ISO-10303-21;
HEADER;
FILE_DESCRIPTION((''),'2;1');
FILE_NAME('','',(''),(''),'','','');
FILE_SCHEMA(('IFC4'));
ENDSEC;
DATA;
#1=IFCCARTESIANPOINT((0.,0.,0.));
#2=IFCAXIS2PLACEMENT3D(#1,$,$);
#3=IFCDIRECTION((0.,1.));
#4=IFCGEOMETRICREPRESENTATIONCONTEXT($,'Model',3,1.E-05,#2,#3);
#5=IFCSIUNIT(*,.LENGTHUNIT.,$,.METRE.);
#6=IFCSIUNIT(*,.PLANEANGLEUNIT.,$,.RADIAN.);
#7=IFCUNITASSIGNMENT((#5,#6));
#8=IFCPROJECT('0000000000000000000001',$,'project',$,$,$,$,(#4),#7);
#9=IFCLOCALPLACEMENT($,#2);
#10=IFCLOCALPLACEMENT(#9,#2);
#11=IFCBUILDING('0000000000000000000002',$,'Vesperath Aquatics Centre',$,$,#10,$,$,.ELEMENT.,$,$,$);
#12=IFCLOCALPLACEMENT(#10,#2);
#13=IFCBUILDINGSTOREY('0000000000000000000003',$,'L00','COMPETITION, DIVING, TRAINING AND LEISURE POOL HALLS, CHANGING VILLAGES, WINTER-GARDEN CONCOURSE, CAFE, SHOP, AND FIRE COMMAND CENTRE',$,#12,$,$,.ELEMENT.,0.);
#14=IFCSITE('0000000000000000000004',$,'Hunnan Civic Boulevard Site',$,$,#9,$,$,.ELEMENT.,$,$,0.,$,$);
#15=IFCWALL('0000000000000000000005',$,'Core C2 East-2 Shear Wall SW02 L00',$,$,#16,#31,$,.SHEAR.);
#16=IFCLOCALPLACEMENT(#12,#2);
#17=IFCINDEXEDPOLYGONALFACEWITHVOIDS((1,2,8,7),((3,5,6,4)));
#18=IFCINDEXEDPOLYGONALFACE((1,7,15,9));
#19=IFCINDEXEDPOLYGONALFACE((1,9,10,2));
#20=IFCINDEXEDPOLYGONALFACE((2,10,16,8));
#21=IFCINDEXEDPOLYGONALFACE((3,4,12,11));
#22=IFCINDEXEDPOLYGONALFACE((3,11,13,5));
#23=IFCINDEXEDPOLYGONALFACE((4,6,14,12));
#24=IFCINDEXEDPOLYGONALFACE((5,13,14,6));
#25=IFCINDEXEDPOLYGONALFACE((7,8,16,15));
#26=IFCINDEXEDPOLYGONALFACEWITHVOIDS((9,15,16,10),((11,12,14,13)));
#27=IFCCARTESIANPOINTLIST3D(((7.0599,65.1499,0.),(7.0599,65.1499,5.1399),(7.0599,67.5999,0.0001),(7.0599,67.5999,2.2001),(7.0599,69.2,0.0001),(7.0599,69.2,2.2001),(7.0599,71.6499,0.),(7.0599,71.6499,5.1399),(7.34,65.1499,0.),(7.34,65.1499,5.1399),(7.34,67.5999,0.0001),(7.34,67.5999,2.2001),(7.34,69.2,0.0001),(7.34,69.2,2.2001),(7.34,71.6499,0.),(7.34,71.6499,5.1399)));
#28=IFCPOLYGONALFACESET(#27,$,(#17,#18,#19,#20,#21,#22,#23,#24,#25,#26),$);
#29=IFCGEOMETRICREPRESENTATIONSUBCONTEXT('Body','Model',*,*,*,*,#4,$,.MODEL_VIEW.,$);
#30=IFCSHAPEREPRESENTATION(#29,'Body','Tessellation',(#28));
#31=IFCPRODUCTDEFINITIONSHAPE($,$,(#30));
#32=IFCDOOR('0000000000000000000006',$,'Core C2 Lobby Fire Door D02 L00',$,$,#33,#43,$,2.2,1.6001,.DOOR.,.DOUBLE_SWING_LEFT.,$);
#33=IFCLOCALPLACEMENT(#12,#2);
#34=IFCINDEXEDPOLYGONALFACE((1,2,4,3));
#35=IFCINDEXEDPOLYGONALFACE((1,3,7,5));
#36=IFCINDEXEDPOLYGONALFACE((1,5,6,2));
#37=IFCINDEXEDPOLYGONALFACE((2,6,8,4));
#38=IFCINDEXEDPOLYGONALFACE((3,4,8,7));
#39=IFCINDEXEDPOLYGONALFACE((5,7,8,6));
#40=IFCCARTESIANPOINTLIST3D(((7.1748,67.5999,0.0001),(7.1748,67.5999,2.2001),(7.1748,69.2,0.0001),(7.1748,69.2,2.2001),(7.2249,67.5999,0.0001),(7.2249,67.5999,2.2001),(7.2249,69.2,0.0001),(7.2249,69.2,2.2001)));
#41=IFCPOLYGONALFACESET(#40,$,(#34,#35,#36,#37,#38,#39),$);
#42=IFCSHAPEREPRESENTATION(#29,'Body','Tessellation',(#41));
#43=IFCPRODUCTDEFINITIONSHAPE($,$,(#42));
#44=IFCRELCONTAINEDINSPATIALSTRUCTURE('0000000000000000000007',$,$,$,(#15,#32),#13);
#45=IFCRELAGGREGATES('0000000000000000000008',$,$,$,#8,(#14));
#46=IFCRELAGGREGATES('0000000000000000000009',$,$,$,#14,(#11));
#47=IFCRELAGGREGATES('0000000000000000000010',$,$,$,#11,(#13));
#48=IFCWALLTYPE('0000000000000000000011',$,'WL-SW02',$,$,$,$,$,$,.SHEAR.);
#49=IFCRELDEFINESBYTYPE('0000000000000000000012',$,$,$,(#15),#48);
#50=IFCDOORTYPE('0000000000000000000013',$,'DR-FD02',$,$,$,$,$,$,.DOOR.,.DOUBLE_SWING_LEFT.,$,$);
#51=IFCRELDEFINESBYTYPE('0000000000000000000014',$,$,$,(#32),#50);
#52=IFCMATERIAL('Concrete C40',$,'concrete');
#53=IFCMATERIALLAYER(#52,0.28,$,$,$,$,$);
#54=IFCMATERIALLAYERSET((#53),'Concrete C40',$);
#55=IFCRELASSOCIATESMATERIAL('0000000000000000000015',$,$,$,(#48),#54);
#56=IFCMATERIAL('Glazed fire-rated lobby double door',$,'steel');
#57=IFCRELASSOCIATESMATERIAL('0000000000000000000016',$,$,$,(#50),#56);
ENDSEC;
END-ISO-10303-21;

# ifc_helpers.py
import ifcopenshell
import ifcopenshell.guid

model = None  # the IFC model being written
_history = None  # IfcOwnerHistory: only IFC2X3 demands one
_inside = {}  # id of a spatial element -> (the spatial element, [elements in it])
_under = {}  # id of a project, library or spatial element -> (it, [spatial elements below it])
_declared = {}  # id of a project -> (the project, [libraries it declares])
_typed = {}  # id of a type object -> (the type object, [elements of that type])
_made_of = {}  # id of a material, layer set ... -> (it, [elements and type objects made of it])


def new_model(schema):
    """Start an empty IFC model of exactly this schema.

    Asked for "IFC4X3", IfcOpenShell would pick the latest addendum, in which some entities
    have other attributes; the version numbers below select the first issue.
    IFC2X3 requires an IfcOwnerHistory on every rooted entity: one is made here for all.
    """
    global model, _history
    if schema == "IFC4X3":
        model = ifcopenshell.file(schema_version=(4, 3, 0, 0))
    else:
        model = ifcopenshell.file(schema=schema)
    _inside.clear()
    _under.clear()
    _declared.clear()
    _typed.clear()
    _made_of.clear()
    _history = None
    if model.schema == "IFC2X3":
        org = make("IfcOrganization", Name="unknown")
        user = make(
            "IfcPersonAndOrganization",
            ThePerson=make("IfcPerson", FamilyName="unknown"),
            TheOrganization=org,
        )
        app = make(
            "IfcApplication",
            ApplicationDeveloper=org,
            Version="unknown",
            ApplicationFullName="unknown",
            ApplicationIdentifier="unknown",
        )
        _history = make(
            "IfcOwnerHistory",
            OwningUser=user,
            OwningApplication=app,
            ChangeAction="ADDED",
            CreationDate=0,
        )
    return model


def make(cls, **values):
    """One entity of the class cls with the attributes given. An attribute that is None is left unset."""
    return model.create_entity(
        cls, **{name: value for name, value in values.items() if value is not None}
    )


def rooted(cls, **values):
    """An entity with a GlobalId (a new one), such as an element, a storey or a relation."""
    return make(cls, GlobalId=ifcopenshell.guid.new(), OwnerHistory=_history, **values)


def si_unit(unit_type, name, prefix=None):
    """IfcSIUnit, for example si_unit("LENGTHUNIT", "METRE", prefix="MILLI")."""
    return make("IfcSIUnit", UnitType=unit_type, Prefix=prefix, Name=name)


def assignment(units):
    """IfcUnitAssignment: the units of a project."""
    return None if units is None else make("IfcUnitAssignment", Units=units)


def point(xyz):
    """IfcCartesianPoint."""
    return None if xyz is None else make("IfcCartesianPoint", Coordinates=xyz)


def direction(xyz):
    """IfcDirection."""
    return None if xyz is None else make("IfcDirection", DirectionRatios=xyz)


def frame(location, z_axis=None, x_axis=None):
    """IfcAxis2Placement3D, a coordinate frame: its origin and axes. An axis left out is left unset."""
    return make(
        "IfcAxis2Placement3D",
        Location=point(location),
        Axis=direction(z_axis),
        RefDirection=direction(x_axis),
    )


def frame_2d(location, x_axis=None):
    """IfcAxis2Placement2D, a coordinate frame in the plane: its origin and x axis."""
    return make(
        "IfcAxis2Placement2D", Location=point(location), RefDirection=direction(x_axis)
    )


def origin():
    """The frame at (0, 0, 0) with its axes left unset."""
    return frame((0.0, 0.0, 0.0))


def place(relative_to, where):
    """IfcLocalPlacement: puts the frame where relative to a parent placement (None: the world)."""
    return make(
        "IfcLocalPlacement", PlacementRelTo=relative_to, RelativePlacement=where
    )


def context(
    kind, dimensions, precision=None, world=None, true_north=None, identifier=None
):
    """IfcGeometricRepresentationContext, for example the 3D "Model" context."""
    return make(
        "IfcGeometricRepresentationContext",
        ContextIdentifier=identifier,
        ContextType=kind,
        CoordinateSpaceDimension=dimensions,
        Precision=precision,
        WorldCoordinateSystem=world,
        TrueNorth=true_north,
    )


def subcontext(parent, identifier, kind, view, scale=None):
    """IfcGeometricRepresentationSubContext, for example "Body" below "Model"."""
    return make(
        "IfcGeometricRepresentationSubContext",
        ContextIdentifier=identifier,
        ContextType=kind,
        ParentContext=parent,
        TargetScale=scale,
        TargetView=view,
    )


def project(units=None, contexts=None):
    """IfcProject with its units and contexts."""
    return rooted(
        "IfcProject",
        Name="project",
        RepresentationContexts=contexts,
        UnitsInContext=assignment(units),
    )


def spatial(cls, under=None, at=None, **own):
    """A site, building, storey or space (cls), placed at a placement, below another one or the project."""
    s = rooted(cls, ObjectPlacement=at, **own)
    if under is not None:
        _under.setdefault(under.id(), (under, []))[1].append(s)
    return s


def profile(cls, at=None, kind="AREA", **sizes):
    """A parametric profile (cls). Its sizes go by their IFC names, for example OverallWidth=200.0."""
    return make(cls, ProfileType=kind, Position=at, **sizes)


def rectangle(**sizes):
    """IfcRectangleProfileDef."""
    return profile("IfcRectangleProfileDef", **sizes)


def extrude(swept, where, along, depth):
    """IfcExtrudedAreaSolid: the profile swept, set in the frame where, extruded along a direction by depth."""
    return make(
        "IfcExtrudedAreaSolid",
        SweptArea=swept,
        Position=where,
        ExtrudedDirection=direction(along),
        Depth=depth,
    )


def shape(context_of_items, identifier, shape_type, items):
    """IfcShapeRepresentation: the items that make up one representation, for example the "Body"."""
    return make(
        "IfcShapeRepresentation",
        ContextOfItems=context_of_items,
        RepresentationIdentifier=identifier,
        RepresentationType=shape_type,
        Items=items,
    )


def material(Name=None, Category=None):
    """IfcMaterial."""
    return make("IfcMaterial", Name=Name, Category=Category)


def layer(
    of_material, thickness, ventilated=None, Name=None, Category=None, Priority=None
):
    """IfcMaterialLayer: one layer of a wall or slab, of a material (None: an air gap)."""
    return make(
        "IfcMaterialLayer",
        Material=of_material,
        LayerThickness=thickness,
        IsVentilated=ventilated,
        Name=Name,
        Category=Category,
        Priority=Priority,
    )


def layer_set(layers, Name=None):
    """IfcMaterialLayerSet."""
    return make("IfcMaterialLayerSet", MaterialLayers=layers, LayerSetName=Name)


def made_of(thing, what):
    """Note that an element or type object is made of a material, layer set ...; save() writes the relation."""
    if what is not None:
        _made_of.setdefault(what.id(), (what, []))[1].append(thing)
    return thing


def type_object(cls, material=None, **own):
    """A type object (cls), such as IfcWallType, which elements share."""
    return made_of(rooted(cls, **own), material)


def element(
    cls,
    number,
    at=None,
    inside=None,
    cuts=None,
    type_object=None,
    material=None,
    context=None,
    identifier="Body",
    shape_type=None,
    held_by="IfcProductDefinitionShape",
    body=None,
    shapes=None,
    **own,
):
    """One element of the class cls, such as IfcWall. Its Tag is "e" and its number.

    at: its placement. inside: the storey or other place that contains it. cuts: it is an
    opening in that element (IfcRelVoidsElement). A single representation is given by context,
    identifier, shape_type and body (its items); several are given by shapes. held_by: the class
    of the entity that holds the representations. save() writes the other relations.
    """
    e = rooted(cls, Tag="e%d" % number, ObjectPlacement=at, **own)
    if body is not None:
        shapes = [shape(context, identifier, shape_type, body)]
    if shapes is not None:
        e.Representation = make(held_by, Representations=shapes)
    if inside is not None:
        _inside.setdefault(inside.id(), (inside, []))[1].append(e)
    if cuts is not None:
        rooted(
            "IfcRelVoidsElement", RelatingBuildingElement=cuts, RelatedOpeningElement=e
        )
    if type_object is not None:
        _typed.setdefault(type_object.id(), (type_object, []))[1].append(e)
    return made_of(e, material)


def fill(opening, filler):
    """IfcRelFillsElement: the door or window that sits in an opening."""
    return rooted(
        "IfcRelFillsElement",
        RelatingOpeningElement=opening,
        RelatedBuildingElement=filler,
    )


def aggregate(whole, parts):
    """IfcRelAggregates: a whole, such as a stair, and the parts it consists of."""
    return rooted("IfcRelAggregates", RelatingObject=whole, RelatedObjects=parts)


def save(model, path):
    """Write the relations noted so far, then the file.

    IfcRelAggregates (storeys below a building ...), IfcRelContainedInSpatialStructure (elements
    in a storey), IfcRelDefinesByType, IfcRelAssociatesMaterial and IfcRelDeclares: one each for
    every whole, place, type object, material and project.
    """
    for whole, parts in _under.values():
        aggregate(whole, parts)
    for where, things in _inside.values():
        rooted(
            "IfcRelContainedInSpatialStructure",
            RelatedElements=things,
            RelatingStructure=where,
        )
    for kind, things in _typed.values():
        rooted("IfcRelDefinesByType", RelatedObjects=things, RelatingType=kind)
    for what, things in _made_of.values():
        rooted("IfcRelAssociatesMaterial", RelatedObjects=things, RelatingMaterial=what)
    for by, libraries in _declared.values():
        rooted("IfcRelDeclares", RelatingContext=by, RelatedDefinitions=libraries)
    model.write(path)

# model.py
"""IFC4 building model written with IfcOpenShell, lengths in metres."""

from ifc_helpers import new_model, si_unit, direction, frame, frame_2d, origin, place, context, subcontext, project, spatial, rectangle, extrude, material, layer, layer_set, type_object, element, fill, save


model = new_model("IFC4")

# Units and contexts
model_context = context("Model", 3, precision=1e-05, world=origin(), true_north=direction((0.0, 1.0)))
body_context = subcontext(model_context, "Body", "Model", "MODEL_VIEW")
ifc_project = project(units=[si_unit("LENGTHUNIT", "METRE"), si_unit("PLANEANGLEUNIT", "RADIAN")], contexts=[model_context])

# Site, building, storey
site_placement = place(None, origin())
site = spatial("IfcSite", under=ifc_project, at=site_placement, Name="Hunnan Civic Boulevard Site", CompositionType="ELEMENT", RefElevation=0.0)
building_placement = place(site_placement, origin())
building = spatial("IfcBuilding", under=site, at=building_placement, Name="Vesperath Aquatics Centre", CompositionType="ELEMENT")
storey_placement = place(building_placement, origin())
storey = spatial("IfcBuildingStorey", under=building, at=storey_placement, Name="L00", Description="COMPETITION, DIVING, TRAINING AND LEISURE POOL HALLS, CHANGING VILLAGES, WINTER-GARDEN CONCOURSE, CAFE, SHOP, AND FIRE COMMAND CENTRE", CompositionType="ELEMENT", Elevation=0.0)

# Shared definitions
ifc_material_1 = material(Name="Concrete C40", Category="concrete")

# Wall, opening, door
ifc_layer_1 = layer(ifc_material_1, 0.28)
ifc_layer_set_1 = layer_set([ifc_layer_1], Name="Concrete C40")
wall_type_1 = type_object("IfcWallType", Name="WL-SW02", PredefinedType="SHEAR", material=ifc_layer_set_1)
wall_1_placement = place(storey_placement, frame((7.2, 65.1499, 0.0), z_axis=(0.0, 0.0, 1.0), x_axis=(0.0, 1.0, 0.0)))
wall_1 = element("IfcWall", 1, at=wall_1_placement, inside=storey, type_object=wall_type_1, Name="Core C2 East-2 Shear Wall SW02 L00", PredefinedType="SHEAR", context=body_context, shape_type="SweptSolid", body=[
    extrude(rectangle(XDim=6.5, YDim=0.28, at=frame_2d((3.25, 0.0))), origin(), (0.0, 0.0, 1.0), 5.1399),
])
opening_1_placement = place(wall_1_placement, frame((2.45, 0.0, 0.0)))
opening_1 = element("IfcOpeningElement", 2, at=opening_1_placement, cuts=wall_1, PredefinedType="OPENING", context=body_context, shape_type="SweptSolid", body=[
    extrude(rectangle(XDim=1.6001, YDim=2.2, at=frame_2d((0.8, 1.1001))), frame((0.0, 0.1548, 0.0), z_axis=(0.0, -1.0, 0.0), x_axis=(1.0, 0.0, 0.0)), (0.0, 0.0, 1.0), 0.3098),
])
ifc_material_2 = material(Name="Glazed fire-rated lobby double door", Category="steel")
door_type_1 = type_object("IfcDoorType", Name="DR-FD02", OperationType="DOUBLE_SWING_LEFT", PredefinedType="DOOR", material=ifc_material_2)
door_1_placement = place(opening_1_placement, frame((1.6001, 0.0, 0.0), z_axis=(0.0, 0.0, 1.0), x_axis=(-1.0, 0.0, 0.0)))
door_1 = element("IfcDoor", 3, at=door_1_placement, inside=storey, type_object=door_type_1, Name="Core C2 Lobby Fire Door D02 L00", OperationType="DOUBLE_SWING_LEFT", OverallHeight=2.2, OverallWidth=1.6001, PredefinedType="DOOR", context=body_context, shape_type="SweptSolid", body=[
    extrude(rectangle(XDim=1.6001, YDim=2.2, at=frame_2d((0.8, 1.1001))), frame((0.0, 0.0249, 0.0), z_axis=(0.0, -1.0, 0.0), x_axis=(1.0, 0.0, 0.0)), (0.0, 0.0, 1.0), 0.05),
])
fill(opening_1, door_1)

save(model, "model.ifc")
